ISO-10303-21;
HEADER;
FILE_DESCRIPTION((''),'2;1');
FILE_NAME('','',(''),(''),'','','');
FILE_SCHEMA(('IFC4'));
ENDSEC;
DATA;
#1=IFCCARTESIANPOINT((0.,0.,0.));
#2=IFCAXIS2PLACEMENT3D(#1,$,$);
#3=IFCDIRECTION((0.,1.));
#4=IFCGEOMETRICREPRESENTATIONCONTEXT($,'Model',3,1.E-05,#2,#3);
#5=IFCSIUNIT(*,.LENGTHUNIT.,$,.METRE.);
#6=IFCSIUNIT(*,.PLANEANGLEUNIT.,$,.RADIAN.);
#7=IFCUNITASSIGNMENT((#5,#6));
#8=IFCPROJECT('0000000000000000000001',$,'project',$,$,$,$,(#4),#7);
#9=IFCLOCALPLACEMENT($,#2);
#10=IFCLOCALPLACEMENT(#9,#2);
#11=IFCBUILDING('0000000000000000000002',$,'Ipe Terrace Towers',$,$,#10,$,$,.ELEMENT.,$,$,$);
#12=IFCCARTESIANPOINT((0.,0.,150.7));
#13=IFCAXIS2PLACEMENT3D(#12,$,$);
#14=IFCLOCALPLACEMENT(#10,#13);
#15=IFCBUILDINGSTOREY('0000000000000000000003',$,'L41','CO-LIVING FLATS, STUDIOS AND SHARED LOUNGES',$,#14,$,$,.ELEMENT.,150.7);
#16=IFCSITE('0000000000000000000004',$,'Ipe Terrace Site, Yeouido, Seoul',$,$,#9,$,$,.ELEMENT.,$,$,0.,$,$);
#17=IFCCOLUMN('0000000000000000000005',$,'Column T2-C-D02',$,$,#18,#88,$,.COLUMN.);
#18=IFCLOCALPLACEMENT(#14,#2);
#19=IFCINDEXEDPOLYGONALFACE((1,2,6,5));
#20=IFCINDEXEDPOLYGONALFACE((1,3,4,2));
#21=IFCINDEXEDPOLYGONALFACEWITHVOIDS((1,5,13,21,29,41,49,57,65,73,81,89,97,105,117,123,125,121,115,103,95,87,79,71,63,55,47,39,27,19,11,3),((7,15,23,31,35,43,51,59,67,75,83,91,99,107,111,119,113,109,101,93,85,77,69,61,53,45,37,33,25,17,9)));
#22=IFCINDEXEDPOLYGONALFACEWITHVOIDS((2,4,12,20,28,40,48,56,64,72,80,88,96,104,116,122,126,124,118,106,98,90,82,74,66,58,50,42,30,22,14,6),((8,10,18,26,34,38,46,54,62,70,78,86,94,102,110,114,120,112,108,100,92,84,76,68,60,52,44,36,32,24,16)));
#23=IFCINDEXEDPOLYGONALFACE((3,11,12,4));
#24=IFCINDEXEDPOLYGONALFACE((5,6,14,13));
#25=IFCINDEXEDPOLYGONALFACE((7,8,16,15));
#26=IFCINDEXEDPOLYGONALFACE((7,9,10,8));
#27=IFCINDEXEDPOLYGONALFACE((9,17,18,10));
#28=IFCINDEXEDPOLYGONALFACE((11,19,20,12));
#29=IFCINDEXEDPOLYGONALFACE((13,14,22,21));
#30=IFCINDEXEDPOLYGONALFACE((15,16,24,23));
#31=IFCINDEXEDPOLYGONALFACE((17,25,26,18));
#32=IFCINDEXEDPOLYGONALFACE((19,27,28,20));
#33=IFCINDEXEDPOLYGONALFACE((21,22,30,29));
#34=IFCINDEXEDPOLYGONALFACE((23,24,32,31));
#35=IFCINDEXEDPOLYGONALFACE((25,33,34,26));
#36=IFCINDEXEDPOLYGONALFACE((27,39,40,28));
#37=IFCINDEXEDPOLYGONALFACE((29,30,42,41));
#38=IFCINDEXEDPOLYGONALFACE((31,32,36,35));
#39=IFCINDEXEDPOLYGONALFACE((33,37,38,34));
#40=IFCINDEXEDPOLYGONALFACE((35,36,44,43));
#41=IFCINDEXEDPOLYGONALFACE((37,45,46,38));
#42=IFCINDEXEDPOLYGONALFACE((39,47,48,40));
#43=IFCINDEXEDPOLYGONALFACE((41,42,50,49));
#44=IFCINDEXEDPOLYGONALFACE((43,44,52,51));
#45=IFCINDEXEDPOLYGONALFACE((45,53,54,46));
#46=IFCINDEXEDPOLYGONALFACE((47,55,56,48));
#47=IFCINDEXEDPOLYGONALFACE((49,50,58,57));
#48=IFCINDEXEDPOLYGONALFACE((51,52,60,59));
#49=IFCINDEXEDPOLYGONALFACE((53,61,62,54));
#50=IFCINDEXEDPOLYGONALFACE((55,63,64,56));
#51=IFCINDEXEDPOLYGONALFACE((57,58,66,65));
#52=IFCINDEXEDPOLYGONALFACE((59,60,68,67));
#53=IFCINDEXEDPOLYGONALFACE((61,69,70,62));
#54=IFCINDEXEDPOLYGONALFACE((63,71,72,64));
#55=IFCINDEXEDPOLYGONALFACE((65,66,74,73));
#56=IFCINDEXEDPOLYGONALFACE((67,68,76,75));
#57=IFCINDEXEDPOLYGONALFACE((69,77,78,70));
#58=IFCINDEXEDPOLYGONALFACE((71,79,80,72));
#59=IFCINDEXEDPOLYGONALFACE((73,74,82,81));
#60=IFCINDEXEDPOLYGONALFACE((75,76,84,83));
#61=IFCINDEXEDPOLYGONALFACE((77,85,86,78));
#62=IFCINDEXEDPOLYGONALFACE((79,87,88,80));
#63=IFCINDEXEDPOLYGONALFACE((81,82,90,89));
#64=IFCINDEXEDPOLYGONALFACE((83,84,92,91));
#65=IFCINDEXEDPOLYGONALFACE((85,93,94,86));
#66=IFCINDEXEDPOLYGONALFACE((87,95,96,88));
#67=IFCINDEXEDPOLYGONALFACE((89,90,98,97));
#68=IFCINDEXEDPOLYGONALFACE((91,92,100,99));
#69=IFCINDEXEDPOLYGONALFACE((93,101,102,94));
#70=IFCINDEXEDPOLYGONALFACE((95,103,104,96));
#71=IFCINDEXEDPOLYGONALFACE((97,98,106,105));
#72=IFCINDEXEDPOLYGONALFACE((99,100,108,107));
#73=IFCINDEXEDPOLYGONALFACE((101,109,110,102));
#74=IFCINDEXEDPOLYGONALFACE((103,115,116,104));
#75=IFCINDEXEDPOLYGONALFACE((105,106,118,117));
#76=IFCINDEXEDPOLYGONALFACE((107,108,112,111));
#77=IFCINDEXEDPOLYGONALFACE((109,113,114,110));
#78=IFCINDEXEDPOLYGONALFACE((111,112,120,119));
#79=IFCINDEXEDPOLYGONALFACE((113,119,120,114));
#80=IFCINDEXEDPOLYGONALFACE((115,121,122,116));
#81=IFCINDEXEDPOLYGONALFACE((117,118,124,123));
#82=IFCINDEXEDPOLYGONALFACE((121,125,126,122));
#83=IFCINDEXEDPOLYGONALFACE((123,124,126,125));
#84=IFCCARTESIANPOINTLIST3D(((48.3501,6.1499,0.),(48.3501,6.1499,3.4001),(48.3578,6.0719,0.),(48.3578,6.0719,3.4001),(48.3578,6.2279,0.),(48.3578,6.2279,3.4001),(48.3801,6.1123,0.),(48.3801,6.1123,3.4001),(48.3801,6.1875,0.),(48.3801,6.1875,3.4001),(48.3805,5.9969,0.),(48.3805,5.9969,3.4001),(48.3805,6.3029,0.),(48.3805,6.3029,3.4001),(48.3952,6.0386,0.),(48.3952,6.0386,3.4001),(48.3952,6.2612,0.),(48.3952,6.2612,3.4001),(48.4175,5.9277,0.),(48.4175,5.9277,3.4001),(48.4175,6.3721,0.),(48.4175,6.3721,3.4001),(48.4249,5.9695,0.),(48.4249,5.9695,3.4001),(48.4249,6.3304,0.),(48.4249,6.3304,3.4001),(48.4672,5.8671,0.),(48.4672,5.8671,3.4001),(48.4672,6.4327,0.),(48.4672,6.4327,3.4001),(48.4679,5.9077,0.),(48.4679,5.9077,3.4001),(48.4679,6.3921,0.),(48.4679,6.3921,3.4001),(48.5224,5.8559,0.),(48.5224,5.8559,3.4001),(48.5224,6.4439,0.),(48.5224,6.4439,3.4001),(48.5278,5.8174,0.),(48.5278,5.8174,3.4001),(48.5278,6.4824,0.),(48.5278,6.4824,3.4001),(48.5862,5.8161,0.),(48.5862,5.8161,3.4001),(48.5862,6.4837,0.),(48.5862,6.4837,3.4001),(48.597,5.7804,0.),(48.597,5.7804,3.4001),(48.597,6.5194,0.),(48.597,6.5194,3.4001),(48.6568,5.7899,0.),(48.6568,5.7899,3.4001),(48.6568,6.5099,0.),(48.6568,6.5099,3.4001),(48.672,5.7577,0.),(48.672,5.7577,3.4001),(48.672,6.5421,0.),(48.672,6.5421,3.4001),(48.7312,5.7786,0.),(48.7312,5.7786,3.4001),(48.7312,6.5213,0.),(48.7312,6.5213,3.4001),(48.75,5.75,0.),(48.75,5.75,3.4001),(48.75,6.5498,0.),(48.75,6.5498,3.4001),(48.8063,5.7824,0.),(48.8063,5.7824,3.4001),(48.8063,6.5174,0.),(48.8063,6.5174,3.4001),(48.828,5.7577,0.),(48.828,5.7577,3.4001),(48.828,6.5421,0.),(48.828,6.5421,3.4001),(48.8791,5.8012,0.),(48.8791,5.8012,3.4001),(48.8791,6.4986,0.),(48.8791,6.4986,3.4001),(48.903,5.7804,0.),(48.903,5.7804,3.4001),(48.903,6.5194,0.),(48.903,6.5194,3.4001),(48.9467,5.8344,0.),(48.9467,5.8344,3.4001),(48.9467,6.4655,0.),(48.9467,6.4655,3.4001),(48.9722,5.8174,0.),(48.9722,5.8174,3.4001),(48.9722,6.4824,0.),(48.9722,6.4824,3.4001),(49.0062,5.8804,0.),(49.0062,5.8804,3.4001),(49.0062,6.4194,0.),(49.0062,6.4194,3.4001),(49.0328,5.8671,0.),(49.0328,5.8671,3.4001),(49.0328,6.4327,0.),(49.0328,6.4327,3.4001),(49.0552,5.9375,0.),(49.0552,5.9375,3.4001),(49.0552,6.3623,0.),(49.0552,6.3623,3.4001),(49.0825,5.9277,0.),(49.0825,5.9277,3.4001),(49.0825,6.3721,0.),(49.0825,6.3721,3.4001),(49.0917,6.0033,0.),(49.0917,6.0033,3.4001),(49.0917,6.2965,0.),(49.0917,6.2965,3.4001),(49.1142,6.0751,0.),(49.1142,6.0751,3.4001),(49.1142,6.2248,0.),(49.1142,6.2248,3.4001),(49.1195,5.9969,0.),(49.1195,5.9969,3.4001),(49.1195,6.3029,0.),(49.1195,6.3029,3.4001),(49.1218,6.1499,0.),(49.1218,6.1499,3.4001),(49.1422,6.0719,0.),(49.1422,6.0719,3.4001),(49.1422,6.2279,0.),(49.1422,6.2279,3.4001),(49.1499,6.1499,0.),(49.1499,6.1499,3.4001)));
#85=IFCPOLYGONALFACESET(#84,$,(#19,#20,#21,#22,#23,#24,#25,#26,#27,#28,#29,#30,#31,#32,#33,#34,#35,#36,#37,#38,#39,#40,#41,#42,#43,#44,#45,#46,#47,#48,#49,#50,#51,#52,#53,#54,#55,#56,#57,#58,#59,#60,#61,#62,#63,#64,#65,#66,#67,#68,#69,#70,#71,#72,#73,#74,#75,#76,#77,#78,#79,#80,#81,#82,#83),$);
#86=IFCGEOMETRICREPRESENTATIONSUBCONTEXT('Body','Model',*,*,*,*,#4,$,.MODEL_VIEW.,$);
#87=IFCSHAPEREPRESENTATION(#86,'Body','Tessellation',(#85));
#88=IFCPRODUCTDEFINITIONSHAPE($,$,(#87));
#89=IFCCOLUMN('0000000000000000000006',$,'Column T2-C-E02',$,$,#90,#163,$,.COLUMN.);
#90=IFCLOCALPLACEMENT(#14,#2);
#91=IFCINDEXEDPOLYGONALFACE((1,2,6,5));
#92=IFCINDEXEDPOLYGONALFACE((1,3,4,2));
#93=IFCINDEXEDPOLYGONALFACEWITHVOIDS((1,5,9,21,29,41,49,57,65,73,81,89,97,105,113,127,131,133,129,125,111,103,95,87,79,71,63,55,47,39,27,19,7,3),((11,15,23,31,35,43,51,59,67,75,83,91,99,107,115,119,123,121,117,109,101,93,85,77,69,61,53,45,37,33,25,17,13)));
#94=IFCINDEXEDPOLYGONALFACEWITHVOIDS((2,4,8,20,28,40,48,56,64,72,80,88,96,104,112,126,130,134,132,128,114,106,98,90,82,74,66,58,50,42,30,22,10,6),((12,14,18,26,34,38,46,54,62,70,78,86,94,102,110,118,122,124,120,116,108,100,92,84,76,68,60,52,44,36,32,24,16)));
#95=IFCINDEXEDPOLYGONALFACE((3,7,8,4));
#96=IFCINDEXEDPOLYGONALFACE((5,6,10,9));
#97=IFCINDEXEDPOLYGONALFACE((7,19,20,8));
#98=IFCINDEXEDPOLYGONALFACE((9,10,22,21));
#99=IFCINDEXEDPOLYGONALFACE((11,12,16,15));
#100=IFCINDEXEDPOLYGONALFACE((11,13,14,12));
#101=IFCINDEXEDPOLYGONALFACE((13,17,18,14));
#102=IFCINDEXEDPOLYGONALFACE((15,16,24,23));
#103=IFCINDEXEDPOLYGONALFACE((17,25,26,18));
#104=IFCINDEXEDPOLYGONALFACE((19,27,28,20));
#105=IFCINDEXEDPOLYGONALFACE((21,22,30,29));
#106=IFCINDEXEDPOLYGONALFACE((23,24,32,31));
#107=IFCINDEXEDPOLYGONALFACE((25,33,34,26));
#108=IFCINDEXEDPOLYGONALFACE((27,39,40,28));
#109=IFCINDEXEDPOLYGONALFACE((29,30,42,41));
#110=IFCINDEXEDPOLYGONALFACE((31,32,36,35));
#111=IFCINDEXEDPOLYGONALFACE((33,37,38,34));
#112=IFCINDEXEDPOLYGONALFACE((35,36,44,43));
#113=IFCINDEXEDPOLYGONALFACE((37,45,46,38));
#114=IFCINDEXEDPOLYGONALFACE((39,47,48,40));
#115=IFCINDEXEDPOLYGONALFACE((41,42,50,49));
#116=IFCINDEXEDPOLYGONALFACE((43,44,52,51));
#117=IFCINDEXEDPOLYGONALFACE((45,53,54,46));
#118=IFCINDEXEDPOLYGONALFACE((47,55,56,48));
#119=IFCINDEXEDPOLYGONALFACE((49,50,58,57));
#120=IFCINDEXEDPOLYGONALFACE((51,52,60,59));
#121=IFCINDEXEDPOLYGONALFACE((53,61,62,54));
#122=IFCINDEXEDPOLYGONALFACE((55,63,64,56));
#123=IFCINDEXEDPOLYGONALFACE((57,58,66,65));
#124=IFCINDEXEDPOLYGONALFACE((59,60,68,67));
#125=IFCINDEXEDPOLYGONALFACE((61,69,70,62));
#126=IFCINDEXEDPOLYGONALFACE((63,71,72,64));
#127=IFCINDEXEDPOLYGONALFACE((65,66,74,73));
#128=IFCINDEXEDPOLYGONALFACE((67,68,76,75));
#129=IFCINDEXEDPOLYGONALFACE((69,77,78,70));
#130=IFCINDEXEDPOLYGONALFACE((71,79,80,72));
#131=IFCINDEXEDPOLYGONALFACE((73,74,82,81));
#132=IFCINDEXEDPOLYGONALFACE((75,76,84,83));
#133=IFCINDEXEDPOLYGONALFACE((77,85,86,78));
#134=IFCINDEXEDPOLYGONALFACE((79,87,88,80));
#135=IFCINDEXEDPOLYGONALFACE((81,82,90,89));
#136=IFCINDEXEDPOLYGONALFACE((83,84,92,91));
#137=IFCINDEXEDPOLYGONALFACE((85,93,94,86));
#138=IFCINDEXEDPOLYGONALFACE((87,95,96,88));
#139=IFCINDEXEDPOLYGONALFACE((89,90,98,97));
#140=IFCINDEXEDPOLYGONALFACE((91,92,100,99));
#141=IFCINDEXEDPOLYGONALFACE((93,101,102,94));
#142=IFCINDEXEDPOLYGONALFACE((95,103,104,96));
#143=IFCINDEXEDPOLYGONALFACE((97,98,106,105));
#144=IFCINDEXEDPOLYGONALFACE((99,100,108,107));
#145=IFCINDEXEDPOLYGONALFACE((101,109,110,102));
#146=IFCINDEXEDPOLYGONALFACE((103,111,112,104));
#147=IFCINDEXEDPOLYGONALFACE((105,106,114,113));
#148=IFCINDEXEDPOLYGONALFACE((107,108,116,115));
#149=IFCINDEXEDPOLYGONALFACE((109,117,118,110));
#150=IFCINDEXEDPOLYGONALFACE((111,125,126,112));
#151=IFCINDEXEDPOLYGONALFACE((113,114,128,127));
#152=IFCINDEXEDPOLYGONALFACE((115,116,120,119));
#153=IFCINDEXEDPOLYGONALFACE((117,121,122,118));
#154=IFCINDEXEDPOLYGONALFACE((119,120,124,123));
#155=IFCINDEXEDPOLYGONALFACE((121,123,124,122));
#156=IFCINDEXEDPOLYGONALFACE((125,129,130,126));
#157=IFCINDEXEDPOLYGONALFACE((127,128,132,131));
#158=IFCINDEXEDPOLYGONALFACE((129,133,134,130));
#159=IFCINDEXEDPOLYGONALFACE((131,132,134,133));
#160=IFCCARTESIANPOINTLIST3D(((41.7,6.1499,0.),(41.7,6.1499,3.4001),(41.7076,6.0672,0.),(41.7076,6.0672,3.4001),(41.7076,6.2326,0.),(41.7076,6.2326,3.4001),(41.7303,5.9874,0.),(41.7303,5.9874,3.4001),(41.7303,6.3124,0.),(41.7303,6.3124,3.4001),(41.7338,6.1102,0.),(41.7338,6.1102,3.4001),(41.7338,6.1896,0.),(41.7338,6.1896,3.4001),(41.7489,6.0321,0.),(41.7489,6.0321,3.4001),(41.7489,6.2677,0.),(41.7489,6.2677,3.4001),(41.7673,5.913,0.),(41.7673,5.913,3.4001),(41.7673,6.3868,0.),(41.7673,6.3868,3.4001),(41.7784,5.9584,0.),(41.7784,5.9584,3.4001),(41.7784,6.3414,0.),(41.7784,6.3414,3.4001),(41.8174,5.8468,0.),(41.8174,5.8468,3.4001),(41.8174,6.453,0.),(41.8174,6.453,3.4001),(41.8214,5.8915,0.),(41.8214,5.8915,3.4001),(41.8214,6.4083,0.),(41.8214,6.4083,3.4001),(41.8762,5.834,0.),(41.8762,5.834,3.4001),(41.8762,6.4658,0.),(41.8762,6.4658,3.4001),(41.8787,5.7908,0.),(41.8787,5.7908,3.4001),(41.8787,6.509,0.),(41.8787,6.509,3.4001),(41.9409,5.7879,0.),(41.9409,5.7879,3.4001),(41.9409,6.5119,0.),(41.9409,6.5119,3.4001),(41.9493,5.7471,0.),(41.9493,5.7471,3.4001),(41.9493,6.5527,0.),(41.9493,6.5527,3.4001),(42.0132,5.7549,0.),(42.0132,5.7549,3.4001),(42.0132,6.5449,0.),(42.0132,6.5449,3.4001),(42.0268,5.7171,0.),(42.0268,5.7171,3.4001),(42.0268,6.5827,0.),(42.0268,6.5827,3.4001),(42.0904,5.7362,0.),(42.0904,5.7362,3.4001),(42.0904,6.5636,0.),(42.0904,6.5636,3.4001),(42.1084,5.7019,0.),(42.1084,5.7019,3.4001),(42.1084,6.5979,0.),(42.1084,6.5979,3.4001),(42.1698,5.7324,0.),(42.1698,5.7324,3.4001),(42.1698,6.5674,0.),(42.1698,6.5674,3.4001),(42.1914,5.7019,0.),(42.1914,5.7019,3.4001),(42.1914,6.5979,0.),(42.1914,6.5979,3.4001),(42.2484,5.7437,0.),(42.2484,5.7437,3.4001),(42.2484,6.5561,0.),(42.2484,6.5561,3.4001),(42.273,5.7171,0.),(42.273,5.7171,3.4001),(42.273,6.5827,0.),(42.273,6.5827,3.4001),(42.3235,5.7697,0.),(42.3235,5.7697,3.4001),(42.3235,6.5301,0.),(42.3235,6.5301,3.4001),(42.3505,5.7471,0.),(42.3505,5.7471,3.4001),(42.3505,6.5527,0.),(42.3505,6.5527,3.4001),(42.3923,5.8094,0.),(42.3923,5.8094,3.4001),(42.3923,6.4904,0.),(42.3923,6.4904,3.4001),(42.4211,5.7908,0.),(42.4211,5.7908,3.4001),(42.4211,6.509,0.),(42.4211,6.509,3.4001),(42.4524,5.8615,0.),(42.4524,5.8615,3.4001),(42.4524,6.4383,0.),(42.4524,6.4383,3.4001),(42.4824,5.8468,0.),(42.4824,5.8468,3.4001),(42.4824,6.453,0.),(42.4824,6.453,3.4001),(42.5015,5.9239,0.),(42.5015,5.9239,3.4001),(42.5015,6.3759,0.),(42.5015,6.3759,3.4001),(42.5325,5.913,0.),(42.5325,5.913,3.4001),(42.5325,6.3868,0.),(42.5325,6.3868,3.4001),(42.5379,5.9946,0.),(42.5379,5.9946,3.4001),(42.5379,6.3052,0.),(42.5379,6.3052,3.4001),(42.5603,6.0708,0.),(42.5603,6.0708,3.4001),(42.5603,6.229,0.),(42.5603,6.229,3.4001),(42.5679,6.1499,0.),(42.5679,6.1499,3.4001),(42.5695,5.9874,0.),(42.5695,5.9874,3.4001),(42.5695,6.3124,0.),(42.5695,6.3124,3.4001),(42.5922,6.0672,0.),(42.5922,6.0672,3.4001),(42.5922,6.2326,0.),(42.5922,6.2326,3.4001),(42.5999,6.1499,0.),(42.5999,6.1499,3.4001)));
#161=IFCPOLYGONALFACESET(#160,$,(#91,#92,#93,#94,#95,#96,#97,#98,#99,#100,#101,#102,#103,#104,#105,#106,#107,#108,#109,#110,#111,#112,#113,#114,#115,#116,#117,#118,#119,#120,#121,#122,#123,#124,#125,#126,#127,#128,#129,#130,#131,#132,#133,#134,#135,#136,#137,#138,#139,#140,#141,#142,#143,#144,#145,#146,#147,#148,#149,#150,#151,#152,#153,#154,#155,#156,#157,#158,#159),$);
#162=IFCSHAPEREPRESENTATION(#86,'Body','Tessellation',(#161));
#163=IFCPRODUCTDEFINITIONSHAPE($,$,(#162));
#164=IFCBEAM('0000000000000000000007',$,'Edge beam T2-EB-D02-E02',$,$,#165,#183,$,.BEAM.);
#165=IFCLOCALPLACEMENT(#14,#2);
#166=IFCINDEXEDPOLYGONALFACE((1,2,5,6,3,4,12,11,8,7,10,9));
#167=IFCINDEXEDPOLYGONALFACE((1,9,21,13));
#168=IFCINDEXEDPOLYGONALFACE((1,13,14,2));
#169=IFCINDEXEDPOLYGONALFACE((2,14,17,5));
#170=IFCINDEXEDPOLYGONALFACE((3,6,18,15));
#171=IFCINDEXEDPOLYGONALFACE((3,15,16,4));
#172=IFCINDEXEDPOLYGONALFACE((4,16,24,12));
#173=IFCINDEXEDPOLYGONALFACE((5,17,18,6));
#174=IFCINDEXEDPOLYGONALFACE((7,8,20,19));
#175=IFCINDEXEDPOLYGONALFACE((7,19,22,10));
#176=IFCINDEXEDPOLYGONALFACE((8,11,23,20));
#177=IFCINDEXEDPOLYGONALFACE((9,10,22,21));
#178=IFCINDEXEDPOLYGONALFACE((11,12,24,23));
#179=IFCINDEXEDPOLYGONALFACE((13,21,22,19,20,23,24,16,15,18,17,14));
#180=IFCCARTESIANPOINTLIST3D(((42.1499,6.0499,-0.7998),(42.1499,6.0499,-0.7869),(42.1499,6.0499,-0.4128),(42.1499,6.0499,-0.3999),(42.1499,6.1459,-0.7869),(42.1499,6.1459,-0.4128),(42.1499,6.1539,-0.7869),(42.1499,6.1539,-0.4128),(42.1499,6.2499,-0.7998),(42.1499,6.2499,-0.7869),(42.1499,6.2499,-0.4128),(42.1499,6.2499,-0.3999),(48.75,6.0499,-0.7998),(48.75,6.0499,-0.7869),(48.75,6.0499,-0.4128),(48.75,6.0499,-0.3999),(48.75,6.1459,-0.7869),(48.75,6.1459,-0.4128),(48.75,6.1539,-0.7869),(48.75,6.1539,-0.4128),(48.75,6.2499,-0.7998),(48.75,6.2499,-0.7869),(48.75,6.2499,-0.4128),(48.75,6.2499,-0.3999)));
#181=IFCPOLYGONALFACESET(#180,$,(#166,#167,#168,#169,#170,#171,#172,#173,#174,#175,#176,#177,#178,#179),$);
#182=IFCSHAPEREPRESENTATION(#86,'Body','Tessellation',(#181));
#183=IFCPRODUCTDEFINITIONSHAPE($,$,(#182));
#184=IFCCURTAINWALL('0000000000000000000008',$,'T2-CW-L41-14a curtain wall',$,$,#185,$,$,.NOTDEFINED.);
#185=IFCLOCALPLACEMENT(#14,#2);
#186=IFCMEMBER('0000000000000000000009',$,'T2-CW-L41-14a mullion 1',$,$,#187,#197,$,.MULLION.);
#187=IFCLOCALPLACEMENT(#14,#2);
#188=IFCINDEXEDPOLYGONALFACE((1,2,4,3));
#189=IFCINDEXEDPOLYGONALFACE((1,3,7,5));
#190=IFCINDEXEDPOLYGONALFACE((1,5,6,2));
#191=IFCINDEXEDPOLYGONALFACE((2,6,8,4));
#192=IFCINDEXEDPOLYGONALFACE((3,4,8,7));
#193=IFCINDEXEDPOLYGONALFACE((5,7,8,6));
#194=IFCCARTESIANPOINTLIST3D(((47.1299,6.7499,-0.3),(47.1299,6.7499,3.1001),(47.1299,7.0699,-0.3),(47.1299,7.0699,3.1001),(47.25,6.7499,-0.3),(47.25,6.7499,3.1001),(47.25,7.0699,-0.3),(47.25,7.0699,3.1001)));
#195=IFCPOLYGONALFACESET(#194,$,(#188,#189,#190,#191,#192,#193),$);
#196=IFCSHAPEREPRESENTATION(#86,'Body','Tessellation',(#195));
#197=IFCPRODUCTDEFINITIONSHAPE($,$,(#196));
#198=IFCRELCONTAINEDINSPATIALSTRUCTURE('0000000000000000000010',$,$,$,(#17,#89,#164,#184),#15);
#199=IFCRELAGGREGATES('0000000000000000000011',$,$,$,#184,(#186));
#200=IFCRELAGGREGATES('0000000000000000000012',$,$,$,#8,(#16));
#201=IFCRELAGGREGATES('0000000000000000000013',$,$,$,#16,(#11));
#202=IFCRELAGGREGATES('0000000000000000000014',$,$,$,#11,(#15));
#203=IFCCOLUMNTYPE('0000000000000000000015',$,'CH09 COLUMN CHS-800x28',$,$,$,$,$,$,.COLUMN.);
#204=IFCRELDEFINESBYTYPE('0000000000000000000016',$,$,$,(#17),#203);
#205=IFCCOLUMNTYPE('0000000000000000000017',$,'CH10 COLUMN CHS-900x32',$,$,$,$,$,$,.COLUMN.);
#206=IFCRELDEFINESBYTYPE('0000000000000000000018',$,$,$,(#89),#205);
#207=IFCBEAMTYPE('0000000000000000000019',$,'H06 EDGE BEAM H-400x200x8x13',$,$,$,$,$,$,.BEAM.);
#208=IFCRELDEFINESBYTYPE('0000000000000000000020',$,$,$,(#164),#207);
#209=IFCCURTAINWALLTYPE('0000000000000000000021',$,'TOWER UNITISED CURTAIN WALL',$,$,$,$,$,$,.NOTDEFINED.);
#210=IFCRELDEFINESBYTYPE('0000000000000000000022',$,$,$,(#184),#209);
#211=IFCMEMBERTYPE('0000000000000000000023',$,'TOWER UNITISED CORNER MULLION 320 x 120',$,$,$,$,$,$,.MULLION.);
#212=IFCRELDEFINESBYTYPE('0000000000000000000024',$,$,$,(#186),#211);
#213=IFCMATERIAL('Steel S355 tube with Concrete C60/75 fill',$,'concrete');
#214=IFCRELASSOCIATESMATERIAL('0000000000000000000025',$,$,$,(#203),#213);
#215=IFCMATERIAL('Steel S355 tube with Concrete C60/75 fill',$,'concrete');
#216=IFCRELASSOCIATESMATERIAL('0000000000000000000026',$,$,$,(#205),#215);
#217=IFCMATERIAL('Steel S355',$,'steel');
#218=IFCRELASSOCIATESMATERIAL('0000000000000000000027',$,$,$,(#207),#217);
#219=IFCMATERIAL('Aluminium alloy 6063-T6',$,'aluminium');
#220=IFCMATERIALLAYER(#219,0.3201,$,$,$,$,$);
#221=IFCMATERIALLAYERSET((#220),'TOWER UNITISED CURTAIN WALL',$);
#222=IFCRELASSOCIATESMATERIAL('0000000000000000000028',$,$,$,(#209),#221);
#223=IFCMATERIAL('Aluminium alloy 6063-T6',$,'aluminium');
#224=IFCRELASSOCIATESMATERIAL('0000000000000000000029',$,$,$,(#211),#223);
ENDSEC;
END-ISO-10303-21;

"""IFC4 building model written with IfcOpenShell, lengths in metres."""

from ifc_helpers import new_model, si_unit, direction, frame, origin, origin_2d, place, context, subcontext, project, spatial, rectangle, hollow_circle, i_section, extrude, material, layer, layer_set, material_profile, profile_set, type_object, element, aggregate, save


model = new_model("IFC4")

# Units and contexts
model_context = context("Model", 3, precision=1e-05, world=origin(), true_north=direction((0.0, 1.0)))
body_context = subcontext(model_context, "Body", "Model", "MODEL_VIEW")
ifc_project = project(units=[si_unit("LENGTHUNIT", "METRE"), si_unit("PLANEANGLEUNIT", "RADIAN")], contexts=[model_context])

# Site, building, storey
site_placement = place(None, origin())
site = spatial("IfcSite", under=ifc_project, at=site_placement, Name="Ipe Terrace Site, Yeouido, Seoul", CompositionType="ELEMENT", RefElevation=0.0)
building_placement = place(site_placement, origin())
building = spatial("IfcBuilding", under=site, at=building_placement, Name="Ipe Terrace Towers", CompositionType="ELEMENT")
storey_placement = place(building_placement, frame((0.0, 0.0, 150.7)))
storey = spatial("IfcBuildingStorey", under=building, at=storey_placement, Name="L41", Description="CO-LIVING FLATS, STUDIOS AND SHARED LOUNGES", CompositionType="ELEMENT", Elevation=150.7)

# Columns
ifc_material_1 = material(Name="Steel S355 tube with Concrete C60/75 fill", Category="concrete")
ifc_material_profile_1 = material_profile(ifc_material_1, hollow_circle(Radius=0.3999, WallThickness=0.0281, at=origin_2d()), Name="CHS-800x28")
ifc_profile_set_1 = profile_set([ifc_material_profile_1], Name="Steel S355 tube with Concrete C60/75 fill")
column_type_1 = type_object("IfcColumnType", Name="CH09 COLUMN CHS-800x28", PredefinedType="COLUMN", material=ifc_profile_set_1)
column_1_placement = place(storey_placement, frame((48.75, 6.1499, 0.0), z_axis=(0.0, 0.0, 1.0), x_axis=(1.0, 0.0, 0.0)))
element("IfcColumn", 1, at=column_1_placement, inside=storey, type_object=column_type_1, Name="Column T2-C-D02", PredefinedType="COLUMN", context=body_context, shape_type="SweptSolid", body=[
    extrude(hollow_circle(Radius=0.3999, WallThickness=0.0281, at=origin_2d()), origin(), (0.0, 0.0, 1.0), 3.4001),
])
ifc_material_2 = material(Name="Steel S355 tube with Concrete C60/75 fill", Category="concrete")
ifc_material_profile_2 = material_profile(ifc_material_2, hollow_circle(Radius=0.45, WallThickness=0.032, at=origin_2d()), Name="CHS-900x32")
ifc_profile_set_2 = profile_set([ifc_material_profile_2], Name="Steel S355 tube with Concrete C60/75 fill")
column_type_2 = type_object("IfcColumnType", Name="CH10 COLUMN CHS-900x32", PredefinedType="COLUMN", material=ifc_profile_set_2)
column_2_placement = place(storey_placement, frame((42.1499, 6.1499, 0.0), z_axis=(0.0, 0.0, 1.0), x_axis=(1.0, 0.0, 0.0)))
element("IfcColumn", 2, at=column_2_placement, inside=storey, type_object=column_type_2, Name="Column T2-C-E02", PredefinedType="COLUMN", context=body_context, shape_type="SweptSolid", body=[
    extrude(hollow_circle(Radius=0.45, WallThickness=0.032, at=origin_2d()), origin(), (0.0, 0.0, 1.0), 3.4001),
])

# Beam
ifc_material_3 = material(Name="Steel S355", Category="steel")
ifc_material_profile_3 = material_profile(ifc_material_3, i_section(OverallWidth=0.2, OverallDepth=0.3999, WebThickness=0.0081, FlangeThickness=0.0129, at=origin_2d()), Name="H-400x200x8x13")
ifc_profile_set_3 = profile_set([ifc_material_profile_3], Name="Steel S355")
beam_type = type_object("IfcBeamType", Name="H06 EDGE BEAM H-400x200x8x13", PredefinedType="BEAM", material=ifc_profile_set_3)
beam_placement = place(storey_placement, frame((48.75, 6.1499, -0.5999), z_axis=(-1.0, 0.0, 0.0), x_axis=(0.0, -1.0, 0.0)))
element("IfcBeam", 3, at=beam_placement, inside=storey, type_object=beam_type, Name="Edge beam T2-EB-D02-E02", PredefinedType="BEAM", context=body_context, shape_type="SweptSolid", body=[
    extrude(i_section(OverallWidth=0.2, OverallDepth=0.3999, WebThickness=0.0081, FlangeThickness=0.0129, at=origin_2d()), origin(), (0.0, 0.0, 1.0), 6.6001),
])

# Curtain wall, member
ifc_material_4 = material(Name="Aluminium alloy 6063-T6", Category="aluminium")
ifc_layer_1 = layer(ifc_material_4, 0.3201)
ifc_layer_set_1 = layer_set([ifc_layer_1], Name="TOWER UNITISED CURTAIN WALL")
curtain_wall_type = type_object("IfcCurtainWallType", Name="TOWER UNITISED CURTAIN WALL", PredefinedType="NOTDEFINED", material=ifc_layer_set_1)
curtain_wall_placement = place(storey_placement, origin())
curtain_wall = element("IfcCurtainWall", 4, at=curtain_wall_placement, inside=storey, type_object=curtain_wall_type, Name="T2-CW-L41-14a curtain wall", PredefinedType="NOTDEFINED")
ifc_material_5 = material(Name="Aluminium alloy 6063-T6", Category="aluminium")
ifc_material_profile_4 = material_profile(ifc_material_5, rectangle(XDim=0.3201, YDim=0.1201, at=origin_2d()), Name="TOWER UNITISED CORNER MULLION 320 x 120")
ifc_profile_set_4 = profile_set([ifc_material_profile_4], Name="Aluminium alloy 6063-T6")
member_type = type_object("IfcMemberType", Name="TOWER UNITISED CORNER MULLION 320 x 120", PredefinedType="MULLION", material=ifc_profile_set_4)
member_1_placement = place(storey_placement, frame((47.1899, 6.9099, -0.3), z_axis=(0.0, 0.0, 1.0), x_axis=(0.0, 1.0, 0.0)))
member_1 = element("IfcMember", 5, at=member_1_placement, type_object=member_type, Name="T2-CW-L41-14a mullion 1", PredefinedType="MULLION", context=body_context, shape_type="SweptSolid", body=[
    extrude(rectangle(XDim=0.3201, YDim=0.1201, at=origin_2d()), origin(), (0.0, 0.0, 1.0), 3.4001),
])
aggregate(curtain_wall, [member_1])

save(model, "model.ifc")
